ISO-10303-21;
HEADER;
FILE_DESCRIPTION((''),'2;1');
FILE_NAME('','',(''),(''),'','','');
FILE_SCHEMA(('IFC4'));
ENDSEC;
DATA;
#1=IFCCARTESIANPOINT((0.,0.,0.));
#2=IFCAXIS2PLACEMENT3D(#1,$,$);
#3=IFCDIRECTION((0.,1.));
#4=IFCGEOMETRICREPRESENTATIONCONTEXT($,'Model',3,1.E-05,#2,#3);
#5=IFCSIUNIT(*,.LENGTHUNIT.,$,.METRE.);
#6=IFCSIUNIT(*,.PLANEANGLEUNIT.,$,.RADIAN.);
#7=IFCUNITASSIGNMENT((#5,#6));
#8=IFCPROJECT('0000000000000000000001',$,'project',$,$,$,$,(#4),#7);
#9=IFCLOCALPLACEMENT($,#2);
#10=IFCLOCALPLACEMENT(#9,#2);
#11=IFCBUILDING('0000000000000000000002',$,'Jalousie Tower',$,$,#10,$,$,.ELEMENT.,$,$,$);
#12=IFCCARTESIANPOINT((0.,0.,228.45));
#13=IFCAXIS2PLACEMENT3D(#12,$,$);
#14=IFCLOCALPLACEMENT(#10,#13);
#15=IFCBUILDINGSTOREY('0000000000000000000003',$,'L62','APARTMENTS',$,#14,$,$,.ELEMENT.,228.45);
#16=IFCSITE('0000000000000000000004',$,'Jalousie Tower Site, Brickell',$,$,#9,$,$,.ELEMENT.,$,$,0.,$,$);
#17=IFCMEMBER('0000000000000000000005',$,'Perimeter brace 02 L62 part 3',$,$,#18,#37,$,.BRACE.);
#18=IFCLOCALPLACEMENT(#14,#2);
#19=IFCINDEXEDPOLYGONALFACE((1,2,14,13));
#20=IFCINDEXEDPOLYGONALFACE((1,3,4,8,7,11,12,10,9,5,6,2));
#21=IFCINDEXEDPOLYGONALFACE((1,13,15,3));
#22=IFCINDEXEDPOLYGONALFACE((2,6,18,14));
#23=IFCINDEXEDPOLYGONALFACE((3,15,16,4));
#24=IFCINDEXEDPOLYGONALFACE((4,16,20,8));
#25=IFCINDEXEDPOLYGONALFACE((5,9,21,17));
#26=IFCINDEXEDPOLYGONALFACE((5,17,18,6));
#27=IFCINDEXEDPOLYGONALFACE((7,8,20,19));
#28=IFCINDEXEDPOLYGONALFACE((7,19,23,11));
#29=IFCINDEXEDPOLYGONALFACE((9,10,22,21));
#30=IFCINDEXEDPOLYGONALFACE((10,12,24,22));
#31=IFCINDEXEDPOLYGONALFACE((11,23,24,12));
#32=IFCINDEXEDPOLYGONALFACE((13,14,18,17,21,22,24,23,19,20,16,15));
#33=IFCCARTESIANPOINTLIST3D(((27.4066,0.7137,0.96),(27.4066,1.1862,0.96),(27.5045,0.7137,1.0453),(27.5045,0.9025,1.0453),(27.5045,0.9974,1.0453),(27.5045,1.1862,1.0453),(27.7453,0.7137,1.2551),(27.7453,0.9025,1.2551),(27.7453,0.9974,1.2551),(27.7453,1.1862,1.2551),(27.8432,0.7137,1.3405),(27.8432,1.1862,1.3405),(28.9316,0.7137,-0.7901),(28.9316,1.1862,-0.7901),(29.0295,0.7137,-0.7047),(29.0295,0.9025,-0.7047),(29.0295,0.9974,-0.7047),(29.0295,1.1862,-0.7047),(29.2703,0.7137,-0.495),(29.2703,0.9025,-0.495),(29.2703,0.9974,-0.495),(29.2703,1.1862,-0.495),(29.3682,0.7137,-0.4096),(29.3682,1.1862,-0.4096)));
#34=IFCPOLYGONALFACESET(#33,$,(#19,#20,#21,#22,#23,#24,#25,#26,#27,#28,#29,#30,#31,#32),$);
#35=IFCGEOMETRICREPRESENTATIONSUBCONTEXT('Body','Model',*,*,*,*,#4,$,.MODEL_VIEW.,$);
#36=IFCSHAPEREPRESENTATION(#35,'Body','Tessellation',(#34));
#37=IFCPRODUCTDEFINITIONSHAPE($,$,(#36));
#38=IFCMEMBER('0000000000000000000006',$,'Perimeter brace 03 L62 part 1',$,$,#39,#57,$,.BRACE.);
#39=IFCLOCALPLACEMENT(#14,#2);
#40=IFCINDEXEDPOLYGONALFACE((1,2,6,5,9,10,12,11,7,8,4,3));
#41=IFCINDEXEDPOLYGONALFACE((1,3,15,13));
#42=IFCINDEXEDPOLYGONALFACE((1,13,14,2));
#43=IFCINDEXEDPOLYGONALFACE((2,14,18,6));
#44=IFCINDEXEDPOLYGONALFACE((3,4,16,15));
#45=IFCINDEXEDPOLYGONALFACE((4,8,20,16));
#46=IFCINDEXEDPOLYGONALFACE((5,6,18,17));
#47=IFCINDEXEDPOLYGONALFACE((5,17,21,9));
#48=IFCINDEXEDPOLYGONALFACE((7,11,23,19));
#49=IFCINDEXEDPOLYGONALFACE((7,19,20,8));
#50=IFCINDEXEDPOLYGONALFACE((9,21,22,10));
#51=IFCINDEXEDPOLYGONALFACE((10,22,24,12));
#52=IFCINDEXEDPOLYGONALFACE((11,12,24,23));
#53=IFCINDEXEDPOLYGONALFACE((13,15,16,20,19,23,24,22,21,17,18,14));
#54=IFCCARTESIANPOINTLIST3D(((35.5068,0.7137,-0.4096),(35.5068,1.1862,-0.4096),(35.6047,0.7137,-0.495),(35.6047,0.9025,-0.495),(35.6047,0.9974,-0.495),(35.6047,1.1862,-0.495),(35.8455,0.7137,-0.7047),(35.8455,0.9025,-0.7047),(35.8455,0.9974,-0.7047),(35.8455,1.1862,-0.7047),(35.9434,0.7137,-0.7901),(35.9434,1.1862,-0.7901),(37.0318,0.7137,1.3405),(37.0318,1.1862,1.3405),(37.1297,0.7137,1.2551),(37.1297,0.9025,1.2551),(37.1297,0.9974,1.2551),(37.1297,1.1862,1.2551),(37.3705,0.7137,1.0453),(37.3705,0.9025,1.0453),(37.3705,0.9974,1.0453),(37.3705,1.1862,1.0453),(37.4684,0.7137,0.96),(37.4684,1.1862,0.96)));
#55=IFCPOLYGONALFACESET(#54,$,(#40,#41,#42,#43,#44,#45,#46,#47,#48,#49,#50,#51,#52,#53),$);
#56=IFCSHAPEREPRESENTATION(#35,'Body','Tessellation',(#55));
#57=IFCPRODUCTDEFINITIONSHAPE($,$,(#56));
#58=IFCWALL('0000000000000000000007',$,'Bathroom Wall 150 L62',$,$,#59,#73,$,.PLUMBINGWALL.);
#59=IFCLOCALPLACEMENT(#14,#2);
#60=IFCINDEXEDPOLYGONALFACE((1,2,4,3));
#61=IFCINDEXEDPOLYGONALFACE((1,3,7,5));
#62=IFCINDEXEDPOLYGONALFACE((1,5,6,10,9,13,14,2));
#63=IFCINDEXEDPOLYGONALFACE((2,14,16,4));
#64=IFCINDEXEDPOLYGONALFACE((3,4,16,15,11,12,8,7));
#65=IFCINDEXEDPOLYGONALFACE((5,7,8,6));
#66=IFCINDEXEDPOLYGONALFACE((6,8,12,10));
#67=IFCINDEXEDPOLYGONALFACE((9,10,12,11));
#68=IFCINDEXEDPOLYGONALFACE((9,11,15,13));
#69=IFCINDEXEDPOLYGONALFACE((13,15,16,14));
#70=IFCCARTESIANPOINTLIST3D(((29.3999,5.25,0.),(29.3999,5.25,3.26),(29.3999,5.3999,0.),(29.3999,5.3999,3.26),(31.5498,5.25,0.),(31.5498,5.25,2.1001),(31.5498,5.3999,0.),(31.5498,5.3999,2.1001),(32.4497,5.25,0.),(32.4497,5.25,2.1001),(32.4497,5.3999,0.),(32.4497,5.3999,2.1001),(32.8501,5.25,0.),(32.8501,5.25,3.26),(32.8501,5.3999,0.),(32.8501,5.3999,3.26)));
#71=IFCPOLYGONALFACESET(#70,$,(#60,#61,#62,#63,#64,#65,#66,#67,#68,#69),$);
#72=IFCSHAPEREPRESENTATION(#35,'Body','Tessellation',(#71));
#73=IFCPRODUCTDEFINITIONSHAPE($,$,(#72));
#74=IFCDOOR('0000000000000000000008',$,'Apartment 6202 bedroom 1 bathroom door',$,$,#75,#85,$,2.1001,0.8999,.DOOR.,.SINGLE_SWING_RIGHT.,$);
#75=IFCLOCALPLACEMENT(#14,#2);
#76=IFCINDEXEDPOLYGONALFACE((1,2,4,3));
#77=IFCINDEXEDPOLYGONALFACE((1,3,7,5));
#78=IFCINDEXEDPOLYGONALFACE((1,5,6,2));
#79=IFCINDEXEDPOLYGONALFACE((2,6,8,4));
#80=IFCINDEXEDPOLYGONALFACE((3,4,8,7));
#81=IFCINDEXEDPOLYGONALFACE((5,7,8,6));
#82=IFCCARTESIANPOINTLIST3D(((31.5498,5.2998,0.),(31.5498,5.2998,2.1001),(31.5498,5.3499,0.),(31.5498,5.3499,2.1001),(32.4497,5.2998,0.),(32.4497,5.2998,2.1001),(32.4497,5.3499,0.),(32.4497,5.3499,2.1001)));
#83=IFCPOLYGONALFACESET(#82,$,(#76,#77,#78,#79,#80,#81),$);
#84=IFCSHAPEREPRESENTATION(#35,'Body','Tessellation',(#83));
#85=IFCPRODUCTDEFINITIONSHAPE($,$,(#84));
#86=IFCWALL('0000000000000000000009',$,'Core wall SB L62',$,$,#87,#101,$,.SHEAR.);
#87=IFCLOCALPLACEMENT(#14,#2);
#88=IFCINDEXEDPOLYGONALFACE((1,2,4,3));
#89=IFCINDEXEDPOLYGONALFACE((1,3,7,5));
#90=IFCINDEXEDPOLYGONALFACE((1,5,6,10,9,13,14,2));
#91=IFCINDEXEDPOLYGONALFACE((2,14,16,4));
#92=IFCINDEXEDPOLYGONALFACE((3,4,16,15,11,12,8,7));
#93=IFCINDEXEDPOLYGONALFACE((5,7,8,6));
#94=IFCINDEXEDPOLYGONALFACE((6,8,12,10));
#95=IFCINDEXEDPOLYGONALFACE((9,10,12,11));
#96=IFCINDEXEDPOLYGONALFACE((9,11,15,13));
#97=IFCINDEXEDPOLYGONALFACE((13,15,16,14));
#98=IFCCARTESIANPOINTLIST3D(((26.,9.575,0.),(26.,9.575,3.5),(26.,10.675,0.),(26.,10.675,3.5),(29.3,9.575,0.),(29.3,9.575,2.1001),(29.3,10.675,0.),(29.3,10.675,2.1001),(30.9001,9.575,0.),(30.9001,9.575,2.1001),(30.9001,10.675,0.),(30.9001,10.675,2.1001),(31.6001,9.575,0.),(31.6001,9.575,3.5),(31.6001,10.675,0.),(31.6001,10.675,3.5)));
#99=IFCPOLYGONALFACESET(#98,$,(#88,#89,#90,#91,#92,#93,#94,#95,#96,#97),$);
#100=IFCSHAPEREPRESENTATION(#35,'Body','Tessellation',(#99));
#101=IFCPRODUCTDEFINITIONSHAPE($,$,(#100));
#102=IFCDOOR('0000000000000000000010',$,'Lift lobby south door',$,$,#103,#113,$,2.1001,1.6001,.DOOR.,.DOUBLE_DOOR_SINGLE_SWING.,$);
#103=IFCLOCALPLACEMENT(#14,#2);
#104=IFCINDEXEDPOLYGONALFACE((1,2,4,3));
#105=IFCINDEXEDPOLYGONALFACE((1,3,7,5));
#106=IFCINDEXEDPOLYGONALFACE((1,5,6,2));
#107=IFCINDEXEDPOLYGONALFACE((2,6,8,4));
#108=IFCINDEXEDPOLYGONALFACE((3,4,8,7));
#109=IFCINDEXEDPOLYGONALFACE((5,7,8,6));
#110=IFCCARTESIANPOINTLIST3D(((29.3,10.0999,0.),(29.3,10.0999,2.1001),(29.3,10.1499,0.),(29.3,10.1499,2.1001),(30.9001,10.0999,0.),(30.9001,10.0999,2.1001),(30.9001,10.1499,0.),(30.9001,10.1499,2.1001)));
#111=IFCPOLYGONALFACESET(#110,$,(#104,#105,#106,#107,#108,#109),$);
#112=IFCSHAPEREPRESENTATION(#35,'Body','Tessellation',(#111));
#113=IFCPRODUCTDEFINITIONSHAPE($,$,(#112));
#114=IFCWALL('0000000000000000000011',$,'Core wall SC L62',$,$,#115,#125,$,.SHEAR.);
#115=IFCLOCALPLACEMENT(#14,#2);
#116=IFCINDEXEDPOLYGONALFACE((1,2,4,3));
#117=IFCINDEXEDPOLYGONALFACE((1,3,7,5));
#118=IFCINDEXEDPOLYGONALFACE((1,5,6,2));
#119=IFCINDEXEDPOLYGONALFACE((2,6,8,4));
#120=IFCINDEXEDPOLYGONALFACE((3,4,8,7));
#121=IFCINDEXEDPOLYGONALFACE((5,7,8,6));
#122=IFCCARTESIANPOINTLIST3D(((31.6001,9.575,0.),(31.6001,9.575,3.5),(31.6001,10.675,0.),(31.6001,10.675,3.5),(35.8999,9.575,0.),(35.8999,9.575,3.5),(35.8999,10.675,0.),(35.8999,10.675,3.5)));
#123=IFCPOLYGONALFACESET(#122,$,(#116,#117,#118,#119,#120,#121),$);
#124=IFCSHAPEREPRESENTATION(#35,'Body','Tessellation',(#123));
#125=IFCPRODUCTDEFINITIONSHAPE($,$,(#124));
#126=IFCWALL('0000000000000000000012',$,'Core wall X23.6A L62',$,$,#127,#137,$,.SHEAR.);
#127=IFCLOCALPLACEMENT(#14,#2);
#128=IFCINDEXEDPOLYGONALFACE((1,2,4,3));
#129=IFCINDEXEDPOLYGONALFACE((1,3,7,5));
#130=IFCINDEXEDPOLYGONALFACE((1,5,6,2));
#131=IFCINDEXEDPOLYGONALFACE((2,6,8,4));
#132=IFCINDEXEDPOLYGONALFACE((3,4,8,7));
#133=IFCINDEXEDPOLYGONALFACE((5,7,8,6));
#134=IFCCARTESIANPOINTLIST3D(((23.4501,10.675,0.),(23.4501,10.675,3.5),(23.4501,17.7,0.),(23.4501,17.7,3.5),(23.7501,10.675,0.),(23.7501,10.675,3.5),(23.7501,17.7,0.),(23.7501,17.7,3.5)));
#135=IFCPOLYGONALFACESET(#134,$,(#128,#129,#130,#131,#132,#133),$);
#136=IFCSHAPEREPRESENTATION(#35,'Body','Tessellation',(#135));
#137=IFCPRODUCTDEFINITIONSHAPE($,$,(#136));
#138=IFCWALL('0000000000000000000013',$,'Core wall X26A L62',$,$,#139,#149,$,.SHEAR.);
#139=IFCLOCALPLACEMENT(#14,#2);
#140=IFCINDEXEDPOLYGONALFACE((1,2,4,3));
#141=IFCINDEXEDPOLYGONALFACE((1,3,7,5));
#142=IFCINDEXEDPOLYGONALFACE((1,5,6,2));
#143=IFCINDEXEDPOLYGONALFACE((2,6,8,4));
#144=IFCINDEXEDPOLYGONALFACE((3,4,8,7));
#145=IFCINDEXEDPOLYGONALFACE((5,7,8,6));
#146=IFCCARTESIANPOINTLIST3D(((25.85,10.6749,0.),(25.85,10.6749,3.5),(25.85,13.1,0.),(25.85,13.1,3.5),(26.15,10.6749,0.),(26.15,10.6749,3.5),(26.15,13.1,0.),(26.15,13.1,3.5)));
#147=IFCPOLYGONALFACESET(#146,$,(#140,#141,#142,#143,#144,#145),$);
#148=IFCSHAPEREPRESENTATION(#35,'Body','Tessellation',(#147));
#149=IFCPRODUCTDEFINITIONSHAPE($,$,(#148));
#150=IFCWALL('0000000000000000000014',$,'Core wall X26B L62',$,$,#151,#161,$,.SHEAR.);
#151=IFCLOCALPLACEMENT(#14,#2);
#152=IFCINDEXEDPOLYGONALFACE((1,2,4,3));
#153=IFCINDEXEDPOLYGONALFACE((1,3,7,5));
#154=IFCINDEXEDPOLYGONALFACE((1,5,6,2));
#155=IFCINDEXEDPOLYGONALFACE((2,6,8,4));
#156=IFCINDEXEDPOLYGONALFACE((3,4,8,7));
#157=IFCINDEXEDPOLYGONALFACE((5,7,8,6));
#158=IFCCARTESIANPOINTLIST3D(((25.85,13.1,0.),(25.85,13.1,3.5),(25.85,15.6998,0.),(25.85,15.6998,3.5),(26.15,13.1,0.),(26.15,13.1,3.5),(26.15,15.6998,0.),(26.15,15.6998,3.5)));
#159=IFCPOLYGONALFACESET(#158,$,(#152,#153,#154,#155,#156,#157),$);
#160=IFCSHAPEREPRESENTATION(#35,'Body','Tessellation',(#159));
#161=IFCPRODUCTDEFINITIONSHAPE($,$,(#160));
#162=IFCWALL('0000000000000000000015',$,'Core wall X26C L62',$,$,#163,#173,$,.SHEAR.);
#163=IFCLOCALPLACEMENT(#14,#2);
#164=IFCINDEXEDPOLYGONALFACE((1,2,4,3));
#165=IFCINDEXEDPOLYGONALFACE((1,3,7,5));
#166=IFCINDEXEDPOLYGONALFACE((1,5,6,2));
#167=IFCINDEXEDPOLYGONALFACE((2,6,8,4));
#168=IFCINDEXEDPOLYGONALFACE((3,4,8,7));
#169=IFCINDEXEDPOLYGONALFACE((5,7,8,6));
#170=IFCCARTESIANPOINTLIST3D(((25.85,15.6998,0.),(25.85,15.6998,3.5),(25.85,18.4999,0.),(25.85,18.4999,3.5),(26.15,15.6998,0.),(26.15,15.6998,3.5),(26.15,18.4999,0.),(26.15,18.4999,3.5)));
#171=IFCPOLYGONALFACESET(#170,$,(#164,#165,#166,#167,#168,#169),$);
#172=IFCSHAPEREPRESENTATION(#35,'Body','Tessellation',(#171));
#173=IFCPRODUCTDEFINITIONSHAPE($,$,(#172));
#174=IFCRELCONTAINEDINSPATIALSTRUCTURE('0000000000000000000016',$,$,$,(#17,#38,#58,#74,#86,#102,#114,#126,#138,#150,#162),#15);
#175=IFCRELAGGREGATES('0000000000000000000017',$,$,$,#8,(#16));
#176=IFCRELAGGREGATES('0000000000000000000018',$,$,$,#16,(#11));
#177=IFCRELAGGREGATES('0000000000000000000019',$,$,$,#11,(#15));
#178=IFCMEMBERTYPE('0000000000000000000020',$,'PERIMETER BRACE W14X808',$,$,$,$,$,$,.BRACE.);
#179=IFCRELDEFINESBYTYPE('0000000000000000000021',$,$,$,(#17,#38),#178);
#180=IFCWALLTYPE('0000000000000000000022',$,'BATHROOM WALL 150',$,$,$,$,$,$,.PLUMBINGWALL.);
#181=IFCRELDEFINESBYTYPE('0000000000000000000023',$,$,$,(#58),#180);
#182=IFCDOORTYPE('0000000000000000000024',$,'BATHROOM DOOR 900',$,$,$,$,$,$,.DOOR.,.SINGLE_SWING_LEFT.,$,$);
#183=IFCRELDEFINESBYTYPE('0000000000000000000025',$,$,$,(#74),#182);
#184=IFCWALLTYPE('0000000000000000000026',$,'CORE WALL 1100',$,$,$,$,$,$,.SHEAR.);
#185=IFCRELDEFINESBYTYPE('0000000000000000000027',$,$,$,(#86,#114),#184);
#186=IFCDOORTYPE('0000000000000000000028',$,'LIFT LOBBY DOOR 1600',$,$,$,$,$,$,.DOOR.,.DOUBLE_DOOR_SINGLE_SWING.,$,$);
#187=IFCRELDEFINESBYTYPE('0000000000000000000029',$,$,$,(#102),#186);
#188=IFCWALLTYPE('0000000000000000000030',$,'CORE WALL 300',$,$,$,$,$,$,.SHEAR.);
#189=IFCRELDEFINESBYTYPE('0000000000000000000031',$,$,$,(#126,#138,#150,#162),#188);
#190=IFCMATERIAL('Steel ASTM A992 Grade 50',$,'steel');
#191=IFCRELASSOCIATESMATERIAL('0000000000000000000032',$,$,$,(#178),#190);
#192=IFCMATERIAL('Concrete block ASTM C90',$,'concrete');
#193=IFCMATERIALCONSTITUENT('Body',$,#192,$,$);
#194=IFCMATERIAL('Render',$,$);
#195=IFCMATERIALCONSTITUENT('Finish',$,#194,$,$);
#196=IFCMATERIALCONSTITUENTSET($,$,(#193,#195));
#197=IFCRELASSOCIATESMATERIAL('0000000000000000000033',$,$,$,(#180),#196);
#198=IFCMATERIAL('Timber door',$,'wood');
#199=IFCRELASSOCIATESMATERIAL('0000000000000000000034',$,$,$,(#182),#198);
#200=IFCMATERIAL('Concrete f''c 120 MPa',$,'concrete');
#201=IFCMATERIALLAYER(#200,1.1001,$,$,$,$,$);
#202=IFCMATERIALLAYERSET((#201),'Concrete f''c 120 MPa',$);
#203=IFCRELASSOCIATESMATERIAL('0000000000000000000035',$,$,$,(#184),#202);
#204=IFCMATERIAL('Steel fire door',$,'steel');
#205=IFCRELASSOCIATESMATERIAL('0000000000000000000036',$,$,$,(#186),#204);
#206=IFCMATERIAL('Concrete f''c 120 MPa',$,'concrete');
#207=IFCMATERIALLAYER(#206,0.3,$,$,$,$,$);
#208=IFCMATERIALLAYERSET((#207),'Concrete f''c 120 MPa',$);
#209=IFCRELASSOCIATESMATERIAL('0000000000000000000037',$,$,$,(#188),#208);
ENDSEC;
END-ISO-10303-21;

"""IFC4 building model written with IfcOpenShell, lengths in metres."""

from ifc_helpers import new_model, si_unit, direction, frame, frame_2d, origin, origin_2d, place, context, subcontext, project, spatial, rectangle, i_section, extrude, material, layer, layer_set, constituent, constituent_set, material_profile, profile_set, type_object, element, fill, save


model = new_model("IFC4")

# Units and contexts
model_context = context("Model", 3, precision=1e-05, world=origin(), true_north=direction((0.0, 1.0)))
body_context = subcontext(model_context, "Body", "Model", "MODEL_VIEW")
ifc_project = project(units=[si_unit("LENGTHUNIT", "METRE"), si_unit("PLANEANGLEUNIT", "RADIAN")], contexts=[model_context])

# Site, building, storey
site_placement = place(None, origin())
site = spatial("IfcSite", under=ifc_project, at=site_placement, Name="Jalousie Tower Site, Brickell", CompositionType="ELEMENT", RefElevation=0.0)
building_placement = place(site_placement, origin())
building = spatial("IfcBuilding", under=site, at=building_placement, Name="Jalousie Tower", CompositionType="ELEMENT")
storey_placement = place(building_placement, frame((0.0, 0.0, 228.45)))
storey = spatial("IfcBuildingStorey", under=building, at=storey_placement, Name="L62", Description="APARTMENTS", CompositionType="ELEMENT", Elevation=228.45)

# Members
ifc_material_1 = material(Name="Steel ASTM A992 Grade 50", Category="steel")
ifc_material_profile = material_profile(ifc_material_1, i_section(OverallWidth=0.4724, OverallDepth=0.5791, WebThickness=0.095, FlangeThickness=0.1299, at=origin_2d()), Name="W14X808")
ifc_profile_set = profile_set([ifc_material_profile], Name="Steel ASTM A992 Grade 50")
member_type = type_object("IfcMemberType", Name="PERIMETER BRACE W14X808", PredefinedType="BRACE", material=ifc_profile_set)
for number, where, z_axis, x_axis, name in (
    (1, (29.1499, 0.95, -0.5999), (-0.656954, 0.0, 0.75393), (0.0, -1.0, 0.0), "Perimeter brace 02 L62 part 3"),
    (2, (35.7251, 0.95, -0.5999), (0.656954, 0.0, 0.75393), (0.0, 1.0, 0.0), "Perimeter brace 03 L62 part 1"),
):
    element("IfcMember", number, at=place(storey_placement, frame(where, z_axis=z_axis, x_axis=x_axis)), inside=storey, type_object=member_type, Name=name, PredefinedType="BRACE", context=body_context, shape_type="SweptSolid", body=[
        extrude(i_section(OverallWidth=0.4724, OverallDepth=0.5791, WebThickness=0.095, FlangeThickness=0.1299, at=origin_2d()), origin(), (0.0, 0.0, 1.0), 2.3213),
    ])

# Walls, openings, doors
ifc_material_2 = material(Name="Concrete block ASTM C90", Category="concrete")
ifc_constituent_1 = constituent(ifc_material_2, Name="Body")
ifc_material_3 = material(Name="Render")
ifc_constituent_2 = constituent(ifc_material_3, Name="Finish")
ifc_constituent_set_1 = constituent_set(constituents=[ifc_constituent_1, ifc_constituent_2])
wall_type_1 = type_object("IfcWallType", Name="BATHROOM WALL 150", PredefinedType="PLUMBINGWALL", material=ifc_constituent_set_1)
wall_1_placement = place(storey_placement, frame((29.3999, 5.325, 0.0), z_axis=(0.0, 0.0, 1.0), x_axis=(1.0, 0.0, 0.0)))
wall_1 = element("IfcWall", 3, at=wall_1_placement, inside=storey, type_object=wall_type_1, Name="Bathroom Wall 150 L62", PredefinedType="PLUMBINGWALL", context=body_context, shape_type="SweptSolid", body=[
    extrude(rectangle(XDim=3.4502, YDim=0.1499, at=frame_2d((1.7251, 0.0))), origin(), (0.0, 0.0, 1.0), 3.26),
])
opening_1_placement = place(wall_1_placement, frame((2.1499, 0.0, 0.0)))
opening_1 = element("IfcOpeningElement", 4, at=opening_1_placement, cuts=wall_1, PredefinedType="OPENING", context=body_context, shape_type="SweptSolid", body=[
    extrude(rectangle(XDim=0.8999, YDim=2.1001, at=frame_2d((0.45, 1.05))), frame((0.0, 0.085, 0.0), z_axis=(0.0, -1.0, 0.0), x_axis=(1.0, 0.0, 0.0)), (0.0, 0.0, 1.0), 0.1699),
])
ifc_material_4 = material(Name="Timber door", Category="wood")
door_type_1 = type_object("IfcDoorType", Name="BATHROOM DOOR 900", OperationType="SINGLE_SWING_LEFT", PredefinedType="DOOR", material=ifc_material_4)
door_1_placement = place(opening_1_placement, origin())
door_1 = element("IfcDoor", 5, at=door_1_placement, inside=storey, type_object=door_type_1, Name="Apartment 6202 bedroom 1 bathroom door", OperationType="SINGLE_SWING_RIGHT", OverallHeight=2.1001, OverallWidth=0.8999, PredefinedType="DOOR", context=body_context, shape_type="SweptSolid", body=[
    extrude(rectangle(XDim=0.8999, YDim=2.1001, at=frame_2d((0.45, 1.05))), frame((0.0, 0.0249, 0.0), z_axis=(0.0, -1.0, 0.0), x_axis=(1.0, 0.0, 0.0)), (0.0, 0.0, 1.0), 0.05),
])
fill(opening_1, door_1)
ifc_material_5 = material(Name="Concrete f'c 120 MPa", Category="concrete")
ifc_layer_1 = layer(ifc_material_5, 1.1001)
ifc_layer_set_1 = layer_set([ifc_layer_1], Name="Concrete f'c 120 MPa")
wall_type_2 = type_object("IfcWallType", Name="CORE WALL 1100", PredefinedType="SHEAR", material=ifc_layer_set_1)
wall_2_placement = place(storey_placement, frame((26.0, 10.125, 0.0), z_axis=(0.0, 0.0, 1.0), x_axis=(1.0, 0.0, 0.0)))
wall_2 = element("IfcWall", 6, at=wall_2_placement, inside=storey, type_object=wall_type_2, Name="Core wall SB L62", PredefinedType="SHEAR", context=body_context, shape_type="SweptSolid", body=[
    extrude(rectangle(XDim=5.6001, YDim=1.1001, at=frame_2d((2.8, 0.0))), origin(), (0.0, 0.0, 1.0), 3.5),
])
opening_2_placement = place(wall_2_placement, frame((3.3, 0.0, 0.0)))
opening_2 = element("IfcOpeningElement", 7, at=opening_2_placement, cuts=wall_2, PredefinedType="OPENING", context=body_context, shape_type="SweptSolid", body=[
    extrude(rectangle(XDim=1.6001, YDim=2.1001, at=frame_2d((0.8, 1.05))), frame((0.0, 0.5601, 0.0), z_axis=(0.0, -1.0, 0.0), x_axis=(1.0, 0.0, 0.0)), (0.0, 0.0, 1.0), 1.1201),
])
ifc_material_6 = material(Name="Steel fire door", Category="steel")
door_type_2 = type_object("IfcDoorType", Name="LIFT LOBBY DOOR 1600", OperationType="DOUBLE_DOOR_SINGLE_SWING", PredefinedType="DOOR", material=ifc_material_6)
door_2_placement = place(opening_2_placement, origin())
door_2 = element("IfcDoor", 8, at=door_2_placement, inside=storey, type_object=door_type_2, Name="Lift lobby south door", OperationType="DOUBLE_DOOR_SINGLE_SWING", OverallHeight=2.1001, OverallWidth=1.6001, PredefinedType="DOOR", context=body_context, shape_type="SweptSolid", body=[
    extrude(rectangle(XDim=1.6001, YDim=2.1001, at=frame_2d((0.8, 1.05))), frame((0.0, 0.0249, 0.0), z_axis=(0.0, -1.0, 0.0), x_axis=(1.0, 0.0, 0.0)), (0.0, 0.0, 1.0), 0.05),
])
fill(opening_2, door_2)

# Walls
wall_3_placement = place(storey_placement, frame((31.6001, 10.125, 0.0), z_axis=(0.0, 0.0, 1.0), x_axis=(1.0, 0.0, 0.0)))
element("IfcWall", 9, at=wall_3_placement, inside=storey, type_object=wall_type_2, Name="Core wall SC L62", PredefinedType="SHEAR", context=body_context, shape_type="SweptSolid", body=[
    extrude(rectangle(XDim=4.2998, YDim=1.1001, at=frame_2d((2.1499, 0.0))), origin(), (0.0, 0.0, 1.0), 3.5),
])
ifc_material_7 = material(Name="Concrete f'c 120 MPa", Category="concrete")
ifc_layer_2 = layer(ifc_material_7, 0.3)
ifc_layer_set_2 = layer_set([ifc_layer_2], Name="Concrete f'c 120 MPa")
wall_type_3 = type_object("IfcWallType", Name="CORE WALL 300", PredefinedType="SHEAR", material=ifc_layer_set_2)
wall_4_placement = place(storey_placement, frame((23.6001, 10.675, 0.0), z_axis=(0.0, 0.0, 1.0), x_axis=(0.0, 1.0, 0.0)))
element("IfcWall", 10, at=wall_4_placement, inside=storey, type_object=wall_type_3, Name="Core wall X23.6A L62", PredefinedType="SHEAR", context=body_context, shape_type="SweptSolid", body=[
    extrude(rectangle(XDim=7.0249, YDim=0.3, at=frame_2d((3.5125, 0.0))), origin(), (0.0, 0.0, 1.0), 3.5),
])
wall_5_placement = place(storey_placement, frame((26.0, 10.675, 0.0), z_axis=(0.0, 0.0, 1.0), x_axis=(0.0, 1.0, 0.0)))
element("IfcWall", 11, at=wall_5_placement, inside=storey, type_object=wall_type_3, Name="Core wall X26A L62", PredefinedType="SHEAR", context=body_context, shape_type="SweptSolid", body=[
    extrude(rectangle(XDim=2.425, YDim=0.3, at=frame_2d((1.2124, 0.0))), origin(), (0.0, 0.0, 1.0), 3.5),
])
wall_6_placement = place(storey_placement, frame((26.0, 13.1001, 0.0), z_axis=(0.0, 0.0, 1.0), x_axis=(0.0, 1.0, 0.0)))
element("IfcWall", 12, at=wall_6_placement, inside=storey, type_object=wall_type_3, Name="Core wall X26B L62", PredefinedType="SHEAR", context=body_context, shape_type="SweptSolid", body=[
    extrude(rectangle(XDim=2.5999, YDim=0.3, at=frame_2d((1.2998, 0.0))), origin(), (0.0, 0.0, 1.0), 3.5),
])
wall_7_placement = place(storey_placement, frame((26.0, 15.7, 0.0), z_axis=(0.0, 0.0, 1.0), x_axis=(0.0, 1.0, 0.0)))
element("IfcWall", 13, at=wall_7_placement, inside=storey, type_object=wall_type_3, Name="Core wall X26C L62", PredefinedType="SHEAR", context=body_context, shape_type="SweptSolid", body=[
    extrude(rectangle(XDim=2.8, YDim=0.3, at=frame_2d((1.3999, 0.0))), origin(), (0.0, 0.0, 1.0), 3.5),
])

save(model, "model.ifc")
